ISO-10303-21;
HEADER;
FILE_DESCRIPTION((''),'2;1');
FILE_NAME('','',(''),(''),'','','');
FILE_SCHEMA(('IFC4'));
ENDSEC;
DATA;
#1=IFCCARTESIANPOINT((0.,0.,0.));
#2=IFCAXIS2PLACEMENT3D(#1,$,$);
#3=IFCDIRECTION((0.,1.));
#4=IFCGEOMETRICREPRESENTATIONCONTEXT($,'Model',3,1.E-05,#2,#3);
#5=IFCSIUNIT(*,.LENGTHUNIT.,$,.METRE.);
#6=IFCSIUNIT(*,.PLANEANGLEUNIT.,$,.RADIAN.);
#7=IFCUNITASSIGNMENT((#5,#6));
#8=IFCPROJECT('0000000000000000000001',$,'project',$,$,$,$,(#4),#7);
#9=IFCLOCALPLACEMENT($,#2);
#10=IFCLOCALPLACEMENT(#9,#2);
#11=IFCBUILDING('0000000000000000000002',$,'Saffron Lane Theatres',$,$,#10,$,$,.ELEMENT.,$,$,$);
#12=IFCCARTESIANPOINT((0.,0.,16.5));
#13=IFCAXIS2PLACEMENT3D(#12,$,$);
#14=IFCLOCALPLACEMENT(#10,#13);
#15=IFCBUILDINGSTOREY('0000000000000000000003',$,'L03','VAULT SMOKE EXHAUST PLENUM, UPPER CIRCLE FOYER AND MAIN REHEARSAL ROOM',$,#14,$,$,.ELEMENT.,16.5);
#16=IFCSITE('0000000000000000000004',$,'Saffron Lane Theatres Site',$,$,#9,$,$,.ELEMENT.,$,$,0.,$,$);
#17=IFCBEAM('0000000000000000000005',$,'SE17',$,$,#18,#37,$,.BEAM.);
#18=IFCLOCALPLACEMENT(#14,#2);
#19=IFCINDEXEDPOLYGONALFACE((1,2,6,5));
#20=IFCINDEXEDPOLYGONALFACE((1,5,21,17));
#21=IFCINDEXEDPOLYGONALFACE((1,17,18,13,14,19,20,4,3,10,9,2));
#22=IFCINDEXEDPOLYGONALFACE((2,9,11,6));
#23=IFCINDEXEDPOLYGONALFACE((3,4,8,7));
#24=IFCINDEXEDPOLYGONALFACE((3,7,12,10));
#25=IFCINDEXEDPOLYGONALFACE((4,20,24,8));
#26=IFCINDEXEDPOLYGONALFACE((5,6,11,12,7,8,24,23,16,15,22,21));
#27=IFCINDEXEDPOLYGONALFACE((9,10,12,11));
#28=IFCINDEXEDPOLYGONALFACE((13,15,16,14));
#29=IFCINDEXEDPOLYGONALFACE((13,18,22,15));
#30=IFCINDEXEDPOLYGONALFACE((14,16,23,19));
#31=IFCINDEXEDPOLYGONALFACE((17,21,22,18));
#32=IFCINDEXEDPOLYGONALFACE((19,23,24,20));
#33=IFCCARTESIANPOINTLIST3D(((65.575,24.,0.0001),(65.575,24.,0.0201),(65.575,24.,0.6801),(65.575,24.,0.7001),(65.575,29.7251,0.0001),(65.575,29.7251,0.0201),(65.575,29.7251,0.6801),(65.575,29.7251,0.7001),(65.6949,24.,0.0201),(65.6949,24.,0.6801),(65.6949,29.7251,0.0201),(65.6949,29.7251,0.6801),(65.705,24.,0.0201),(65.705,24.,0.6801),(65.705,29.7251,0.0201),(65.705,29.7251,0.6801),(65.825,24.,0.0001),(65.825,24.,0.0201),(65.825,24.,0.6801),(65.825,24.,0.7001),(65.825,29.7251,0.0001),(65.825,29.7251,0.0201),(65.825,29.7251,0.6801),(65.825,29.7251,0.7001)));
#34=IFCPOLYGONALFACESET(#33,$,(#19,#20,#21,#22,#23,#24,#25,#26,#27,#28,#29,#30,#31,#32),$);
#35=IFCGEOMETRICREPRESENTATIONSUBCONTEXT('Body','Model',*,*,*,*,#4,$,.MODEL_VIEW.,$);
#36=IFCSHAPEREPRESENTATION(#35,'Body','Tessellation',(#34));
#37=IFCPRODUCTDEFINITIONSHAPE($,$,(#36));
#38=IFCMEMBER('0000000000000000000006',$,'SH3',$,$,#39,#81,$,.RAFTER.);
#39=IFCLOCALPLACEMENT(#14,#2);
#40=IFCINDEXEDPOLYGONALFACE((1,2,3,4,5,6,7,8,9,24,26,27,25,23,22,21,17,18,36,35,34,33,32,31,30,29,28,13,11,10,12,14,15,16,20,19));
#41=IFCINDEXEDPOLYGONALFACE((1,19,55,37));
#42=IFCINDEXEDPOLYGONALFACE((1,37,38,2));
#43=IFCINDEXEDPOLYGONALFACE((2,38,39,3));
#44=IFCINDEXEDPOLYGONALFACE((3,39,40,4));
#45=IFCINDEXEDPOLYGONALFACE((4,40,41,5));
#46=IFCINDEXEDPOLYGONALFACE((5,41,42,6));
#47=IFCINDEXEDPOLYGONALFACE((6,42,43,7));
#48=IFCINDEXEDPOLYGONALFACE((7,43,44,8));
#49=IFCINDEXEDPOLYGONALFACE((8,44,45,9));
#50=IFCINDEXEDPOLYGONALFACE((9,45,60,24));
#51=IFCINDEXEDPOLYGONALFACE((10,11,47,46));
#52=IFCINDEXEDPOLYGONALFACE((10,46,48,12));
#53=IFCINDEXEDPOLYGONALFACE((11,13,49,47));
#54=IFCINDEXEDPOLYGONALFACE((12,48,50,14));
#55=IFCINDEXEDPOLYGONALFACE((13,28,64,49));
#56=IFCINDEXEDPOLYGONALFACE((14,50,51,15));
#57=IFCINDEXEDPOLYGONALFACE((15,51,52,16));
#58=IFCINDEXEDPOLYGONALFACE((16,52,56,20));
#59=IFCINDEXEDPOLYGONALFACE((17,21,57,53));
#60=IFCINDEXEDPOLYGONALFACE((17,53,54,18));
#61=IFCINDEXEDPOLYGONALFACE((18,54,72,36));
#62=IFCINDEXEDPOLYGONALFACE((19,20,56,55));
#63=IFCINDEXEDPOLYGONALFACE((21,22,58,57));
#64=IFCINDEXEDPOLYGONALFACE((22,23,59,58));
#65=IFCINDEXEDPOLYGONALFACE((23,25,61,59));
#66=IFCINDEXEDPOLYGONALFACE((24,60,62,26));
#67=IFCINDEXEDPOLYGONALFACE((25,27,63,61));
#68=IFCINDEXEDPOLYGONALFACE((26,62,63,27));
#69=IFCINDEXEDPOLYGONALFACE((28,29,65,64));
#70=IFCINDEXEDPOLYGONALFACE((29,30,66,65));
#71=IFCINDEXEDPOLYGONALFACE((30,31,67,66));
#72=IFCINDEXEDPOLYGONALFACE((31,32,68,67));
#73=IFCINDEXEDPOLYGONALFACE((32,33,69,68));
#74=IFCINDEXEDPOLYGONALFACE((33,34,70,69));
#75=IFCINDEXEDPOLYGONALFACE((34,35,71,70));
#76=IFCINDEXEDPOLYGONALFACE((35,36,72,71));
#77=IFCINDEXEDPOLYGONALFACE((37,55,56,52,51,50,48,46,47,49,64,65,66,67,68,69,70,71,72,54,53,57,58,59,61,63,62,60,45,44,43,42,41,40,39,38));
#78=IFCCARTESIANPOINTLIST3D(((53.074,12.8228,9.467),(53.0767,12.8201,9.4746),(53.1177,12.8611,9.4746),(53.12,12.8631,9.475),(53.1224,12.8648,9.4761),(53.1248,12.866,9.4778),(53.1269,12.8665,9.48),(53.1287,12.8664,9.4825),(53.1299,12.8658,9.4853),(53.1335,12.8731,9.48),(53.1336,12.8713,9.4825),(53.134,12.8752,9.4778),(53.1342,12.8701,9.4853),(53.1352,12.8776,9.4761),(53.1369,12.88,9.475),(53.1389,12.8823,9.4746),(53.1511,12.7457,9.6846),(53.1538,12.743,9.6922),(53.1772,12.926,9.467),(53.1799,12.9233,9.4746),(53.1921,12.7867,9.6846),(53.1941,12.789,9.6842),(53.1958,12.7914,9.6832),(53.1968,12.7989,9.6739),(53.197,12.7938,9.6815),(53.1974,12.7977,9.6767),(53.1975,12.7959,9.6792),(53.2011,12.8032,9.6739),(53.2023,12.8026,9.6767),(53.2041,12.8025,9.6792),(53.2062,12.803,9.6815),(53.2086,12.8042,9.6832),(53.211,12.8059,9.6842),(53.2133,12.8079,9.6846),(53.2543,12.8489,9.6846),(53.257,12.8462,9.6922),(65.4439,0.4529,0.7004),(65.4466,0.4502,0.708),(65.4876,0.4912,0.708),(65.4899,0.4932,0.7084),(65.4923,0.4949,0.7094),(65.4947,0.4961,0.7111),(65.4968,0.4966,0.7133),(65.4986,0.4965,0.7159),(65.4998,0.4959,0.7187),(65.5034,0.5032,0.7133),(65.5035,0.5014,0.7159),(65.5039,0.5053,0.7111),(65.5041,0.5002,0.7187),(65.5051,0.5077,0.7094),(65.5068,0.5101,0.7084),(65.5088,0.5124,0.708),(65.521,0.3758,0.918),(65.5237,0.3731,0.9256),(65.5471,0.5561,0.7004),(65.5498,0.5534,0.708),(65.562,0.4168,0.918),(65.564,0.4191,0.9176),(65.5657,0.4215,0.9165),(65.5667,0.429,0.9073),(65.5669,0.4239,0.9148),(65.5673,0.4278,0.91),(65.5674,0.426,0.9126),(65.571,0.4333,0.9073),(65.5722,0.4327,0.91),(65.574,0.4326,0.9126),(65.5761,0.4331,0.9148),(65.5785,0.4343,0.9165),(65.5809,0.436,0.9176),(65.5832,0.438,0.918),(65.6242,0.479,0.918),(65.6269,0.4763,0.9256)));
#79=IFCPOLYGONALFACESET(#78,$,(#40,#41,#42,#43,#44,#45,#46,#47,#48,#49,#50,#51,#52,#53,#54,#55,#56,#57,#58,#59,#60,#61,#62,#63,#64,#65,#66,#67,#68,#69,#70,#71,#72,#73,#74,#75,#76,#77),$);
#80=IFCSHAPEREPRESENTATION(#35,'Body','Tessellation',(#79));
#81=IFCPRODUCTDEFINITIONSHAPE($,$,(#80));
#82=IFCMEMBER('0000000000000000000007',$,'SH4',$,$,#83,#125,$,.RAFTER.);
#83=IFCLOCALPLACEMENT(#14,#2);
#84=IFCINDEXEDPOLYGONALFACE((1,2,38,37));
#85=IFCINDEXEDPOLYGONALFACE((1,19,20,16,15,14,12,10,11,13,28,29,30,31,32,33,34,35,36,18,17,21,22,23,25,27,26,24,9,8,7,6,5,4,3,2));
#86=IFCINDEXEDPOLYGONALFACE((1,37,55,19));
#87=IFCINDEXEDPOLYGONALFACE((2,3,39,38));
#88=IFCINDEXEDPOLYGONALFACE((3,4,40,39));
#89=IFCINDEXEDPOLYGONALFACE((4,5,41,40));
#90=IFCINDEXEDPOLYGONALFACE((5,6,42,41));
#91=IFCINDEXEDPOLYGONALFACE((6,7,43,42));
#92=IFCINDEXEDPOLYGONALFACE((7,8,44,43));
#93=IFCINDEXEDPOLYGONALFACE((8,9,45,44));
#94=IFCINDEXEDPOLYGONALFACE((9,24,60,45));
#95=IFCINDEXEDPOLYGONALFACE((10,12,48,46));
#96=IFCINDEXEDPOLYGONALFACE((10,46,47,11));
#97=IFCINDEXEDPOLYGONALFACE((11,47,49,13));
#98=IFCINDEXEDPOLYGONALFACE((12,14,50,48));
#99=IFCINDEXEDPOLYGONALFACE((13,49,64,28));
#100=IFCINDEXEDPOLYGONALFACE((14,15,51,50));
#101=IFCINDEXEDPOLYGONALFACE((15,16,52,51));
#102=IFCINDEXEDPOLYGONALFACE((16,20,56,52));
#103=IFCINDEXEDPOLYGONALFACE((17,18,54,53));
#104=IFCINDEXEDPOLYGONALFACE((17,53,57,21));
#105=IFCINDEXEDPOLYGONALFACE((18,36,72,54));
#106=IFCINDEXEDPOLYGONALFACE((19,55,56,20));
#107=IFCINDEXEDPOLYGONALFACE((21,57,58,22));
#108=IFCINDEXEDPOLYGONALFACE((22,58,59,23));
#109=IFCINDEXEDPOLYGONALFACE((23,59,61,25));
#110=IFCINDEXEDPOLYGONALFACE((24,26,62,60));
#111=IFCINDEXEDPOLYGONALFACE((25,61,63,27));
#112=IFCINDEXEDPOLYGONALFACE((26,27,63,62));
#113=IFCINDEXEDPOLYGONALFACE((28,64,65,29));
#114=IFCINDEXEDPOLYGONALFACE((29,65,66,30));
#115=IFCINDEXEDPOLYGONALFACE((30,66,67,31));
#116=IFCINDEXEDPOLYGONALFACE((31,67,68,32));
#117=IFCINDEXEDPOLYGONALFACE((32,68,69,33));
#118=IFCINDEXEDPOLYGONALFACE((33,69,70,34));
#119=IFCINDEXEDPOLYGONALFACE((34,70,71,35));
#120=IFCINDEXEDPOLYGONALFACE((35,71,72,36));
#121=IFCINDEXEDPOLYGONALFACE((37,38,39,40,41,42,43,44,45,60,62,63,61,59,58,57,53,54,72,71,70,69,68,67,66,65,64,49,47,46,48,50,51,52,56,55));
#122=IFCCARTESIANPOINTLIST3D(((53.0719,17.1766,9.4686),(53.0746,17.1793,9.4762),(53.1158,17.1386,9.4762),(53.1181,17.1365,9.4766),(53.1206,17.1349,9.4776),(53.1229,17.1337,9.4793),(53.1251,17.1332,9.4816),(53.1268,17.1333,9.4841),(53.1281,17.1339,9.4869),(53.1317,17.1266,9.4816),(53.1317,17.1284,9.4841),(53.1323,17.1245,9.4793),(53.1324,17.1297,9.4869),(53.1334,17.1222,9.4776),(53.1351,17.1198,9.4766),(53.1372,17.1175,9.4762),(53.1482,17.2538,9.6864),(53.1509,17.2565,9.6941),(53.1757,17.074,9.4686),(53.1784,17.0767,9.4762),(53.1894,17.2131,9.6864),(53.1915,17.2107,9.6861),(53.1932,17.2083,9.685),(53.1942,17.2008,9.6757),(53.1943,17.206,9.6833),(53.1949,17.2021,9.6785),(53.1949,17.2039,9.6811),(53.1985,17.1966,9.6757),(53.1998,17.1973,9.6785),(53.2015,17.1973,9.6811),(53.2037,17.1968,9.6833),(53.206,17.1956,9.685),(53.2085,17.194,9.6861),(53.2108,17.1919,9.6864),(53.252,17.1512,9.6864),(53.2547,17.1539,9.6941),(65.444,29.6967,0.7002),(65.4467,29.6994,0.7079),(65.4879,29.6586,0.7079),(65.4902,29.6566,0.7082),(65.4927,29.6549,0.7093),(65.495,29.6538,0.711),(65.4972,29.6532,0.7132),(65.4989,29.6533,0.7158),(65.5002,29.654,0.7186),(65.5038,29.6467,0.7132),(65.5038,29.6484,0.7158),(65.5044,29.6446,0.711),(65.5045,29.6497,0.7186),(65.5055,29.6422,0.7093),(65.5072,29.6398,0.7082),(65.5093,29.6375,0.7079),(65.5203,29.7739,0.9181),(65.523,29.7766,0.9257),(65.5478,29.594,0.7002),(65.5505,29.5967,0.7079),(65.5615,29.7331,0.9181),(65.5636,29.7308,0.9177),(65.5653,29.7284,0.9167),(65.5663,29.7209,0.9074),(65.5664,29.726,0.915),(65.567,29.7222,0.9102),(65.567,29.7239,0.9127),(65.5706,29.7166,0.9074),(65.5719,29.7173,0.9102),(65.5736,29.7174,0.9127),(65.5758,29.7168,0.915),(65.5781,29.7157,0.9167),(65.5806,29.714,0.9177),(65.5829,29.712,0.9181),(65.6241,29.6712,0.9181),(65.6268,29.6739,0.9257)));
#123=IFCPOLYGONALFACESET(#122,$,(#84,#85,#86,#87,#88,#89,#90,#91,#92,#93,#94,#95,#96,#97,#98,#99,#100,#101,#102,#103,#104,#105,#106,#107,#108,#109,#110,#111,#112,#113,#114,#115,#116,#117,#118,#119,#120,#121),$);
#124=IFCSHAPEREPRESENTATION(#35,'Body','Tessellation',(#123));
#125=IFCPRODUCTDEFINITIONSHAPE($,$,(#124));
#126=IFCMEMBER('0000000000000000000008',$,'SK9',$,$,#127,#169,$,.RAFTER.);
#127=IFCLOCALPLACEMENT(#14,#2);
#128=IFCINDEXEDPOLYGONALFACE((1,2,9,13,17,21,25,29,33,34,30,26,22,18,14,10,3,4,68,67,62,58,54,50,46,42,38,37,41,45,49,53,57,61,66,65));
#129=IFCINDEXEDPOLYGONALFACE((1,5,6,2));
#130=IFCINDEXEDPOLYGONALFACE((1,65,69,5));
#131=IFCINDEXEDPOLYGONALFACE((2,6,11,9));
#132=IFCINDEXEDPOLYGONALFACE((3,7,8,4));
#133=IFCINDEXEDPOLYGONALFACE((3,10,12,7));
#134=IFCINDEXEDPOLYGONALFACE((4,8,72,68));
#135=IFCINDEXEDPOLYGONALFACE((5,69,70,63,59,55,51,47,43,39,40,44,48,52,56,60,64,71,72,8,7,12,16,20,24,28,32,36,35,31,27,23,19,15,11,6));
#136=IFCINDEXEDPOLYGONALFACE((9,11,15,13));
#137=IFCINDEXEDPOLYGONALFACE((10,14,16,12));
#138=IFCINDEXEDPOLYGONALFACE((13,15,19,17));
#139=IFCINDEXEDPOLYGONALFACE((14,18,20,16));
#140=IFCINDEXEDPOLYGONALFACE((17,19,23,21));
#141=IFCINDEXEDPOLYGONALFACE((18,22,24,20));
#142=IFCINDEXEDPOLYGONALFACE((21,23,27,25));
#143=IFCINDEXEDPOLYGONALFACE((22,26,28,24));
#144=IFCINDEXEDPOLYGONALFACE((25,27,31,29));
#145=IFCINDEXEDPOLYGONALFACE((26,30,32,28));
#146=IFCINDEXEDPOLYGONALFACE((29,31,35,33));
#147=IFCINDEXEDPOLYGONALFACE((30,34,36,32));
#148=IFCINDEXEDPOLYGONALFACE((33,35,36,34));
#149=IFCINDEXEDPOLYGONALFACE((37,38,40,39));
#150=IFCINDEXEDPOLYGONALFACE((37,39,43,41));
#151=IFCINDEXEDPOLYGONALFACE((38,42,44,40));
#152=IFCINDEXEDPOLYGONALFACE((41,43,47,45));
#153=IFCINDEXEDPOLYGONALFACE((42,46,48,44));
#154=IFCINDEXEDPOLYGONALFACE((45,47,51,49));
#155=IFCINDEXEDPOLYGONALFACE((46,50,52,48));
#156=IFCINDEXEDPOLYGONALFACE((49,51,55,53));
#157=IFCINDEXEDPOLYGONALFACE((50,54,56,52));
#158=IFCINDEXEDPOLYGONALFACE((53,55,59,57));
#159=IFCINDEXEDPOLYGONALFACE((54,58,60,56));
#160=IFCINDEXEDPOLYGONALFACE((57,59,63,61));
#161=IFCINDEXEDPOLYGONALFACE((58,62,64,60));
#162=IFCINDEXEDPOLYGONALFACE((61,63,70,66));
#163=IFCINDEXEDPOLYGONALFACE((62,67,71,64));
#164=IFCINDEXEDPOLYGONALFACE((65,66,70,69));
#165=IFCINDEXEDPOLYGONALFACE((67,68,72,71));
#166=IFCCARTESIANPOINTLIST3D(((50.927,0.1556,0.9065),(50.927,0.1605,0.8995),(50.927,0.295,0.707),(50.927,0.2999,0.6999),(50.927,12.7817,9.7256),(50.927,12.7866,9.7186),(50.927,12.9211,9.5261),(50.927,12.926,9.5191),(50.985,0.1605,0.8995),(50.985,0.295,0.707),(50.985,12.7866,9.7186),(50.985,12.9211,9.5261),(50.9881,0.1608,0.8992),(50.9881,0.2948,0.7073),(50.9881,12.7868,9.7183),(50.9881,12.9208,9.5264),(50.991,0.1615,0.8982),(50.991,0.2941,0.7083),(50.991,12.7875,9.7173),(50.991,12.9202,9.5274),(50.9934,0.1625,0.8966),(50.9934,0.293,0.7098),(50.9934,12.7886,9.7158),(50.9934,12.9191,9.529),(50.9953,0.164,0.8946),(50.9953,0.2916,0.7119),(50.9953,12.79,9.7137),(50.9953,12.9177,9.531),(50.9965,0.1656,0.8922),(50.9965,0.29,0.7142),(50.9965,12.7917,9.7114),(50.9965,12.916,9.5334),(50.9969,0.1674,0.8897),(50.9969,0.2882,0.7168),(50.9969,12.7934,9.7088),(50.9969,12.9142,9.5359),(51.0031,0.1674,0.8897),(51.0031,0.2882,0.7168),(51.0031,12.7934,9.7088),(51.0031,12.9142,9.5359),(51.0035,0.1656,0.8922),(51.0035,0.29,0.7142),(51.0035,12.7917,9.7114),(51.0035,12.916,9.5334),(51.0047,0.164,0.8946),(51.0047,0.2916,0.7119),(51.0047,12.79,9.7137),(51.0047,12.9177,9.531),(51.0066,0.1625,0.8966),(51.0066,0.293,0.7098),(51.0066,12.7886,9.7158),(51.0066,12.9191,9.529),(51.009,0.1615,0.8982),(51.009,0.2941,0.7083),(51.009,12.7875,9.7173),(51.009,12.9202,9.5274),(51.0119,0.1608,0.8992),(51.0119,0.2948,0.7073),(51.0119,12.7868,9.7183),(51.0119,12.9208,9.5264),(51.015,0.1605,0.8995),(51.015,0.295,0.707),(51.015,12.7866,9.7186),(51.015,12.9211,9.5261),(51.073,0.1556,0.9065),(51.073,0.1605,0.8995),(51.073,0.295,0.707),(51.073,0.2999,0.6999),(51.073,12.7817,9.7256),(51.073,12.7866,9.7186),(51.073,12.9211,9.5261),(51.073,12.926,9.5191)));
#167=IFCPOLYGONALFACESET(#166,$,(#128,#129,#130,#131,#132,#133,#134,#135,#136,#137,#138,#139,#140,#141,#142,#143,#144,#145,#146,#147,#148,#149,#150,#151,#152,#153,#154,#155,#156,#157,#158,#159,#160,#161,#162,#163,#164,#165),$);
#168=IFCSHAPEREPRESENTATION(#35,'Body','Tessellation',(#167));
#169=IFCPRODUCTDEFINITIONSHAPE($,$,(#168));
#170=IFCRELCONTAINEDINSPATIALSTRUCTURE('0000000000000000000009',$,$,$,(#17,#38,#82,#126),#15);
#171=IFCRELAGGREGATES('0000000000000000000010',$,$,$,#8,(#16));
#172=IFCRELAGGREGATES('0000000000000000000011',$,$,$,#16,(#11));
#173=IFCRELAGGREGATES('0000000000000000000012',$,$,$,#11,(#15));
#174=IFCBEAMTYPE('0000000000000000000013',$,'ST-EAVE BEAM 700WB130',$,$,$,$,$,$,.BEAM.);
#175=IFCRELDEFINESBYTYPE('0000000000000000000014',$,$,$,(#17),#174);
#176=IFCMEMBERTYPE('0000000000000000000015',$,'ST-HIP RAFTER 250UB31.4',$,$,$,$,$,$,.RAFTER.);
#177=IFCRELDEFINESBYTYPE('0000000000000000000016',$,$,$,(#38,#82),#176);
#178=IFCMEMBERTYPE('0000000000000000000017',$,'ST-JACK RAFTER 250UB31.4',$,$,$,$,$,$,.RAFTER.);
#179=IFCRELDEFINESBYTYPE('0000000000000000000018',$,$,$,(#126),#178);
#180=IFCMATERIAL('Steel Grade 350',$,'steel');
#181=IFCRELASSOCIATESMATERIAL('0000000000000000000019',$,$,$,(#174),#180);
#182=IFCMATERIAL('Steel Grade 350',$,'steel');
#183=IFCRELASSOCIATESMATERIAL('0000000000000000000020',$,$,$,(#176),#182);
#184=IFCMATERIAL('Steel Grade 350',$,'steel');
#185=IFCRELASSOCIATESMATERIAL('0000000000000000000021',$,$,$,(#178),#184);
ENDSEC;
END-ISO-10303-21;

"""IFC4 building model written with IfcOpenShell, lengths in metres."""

from ifc_helpers import new_model, si_unit, direction, frame, origin, origin_2d, place, context, subcontext, project, spatial, i_section, extrude, material, material_profile, profile_set, type_object, element, save


model = new_model("IFC4")

# Units and contexts
model_context = context("Model", 3, precision=1e-05, world=origin(), true_north=direction((0.0, 1.0)))
body_context = subcontext(model_context, "Body", "Model", "MODEL_VIEW")
ifc_project = project(units=[si_unit("LENGTHUNIT", "METRE"), si_unit("PLANEANGLEUNIT", "RADIAN")], contexts=[model_context])

# Site, building, storey
site_placement = place(None, origin())
site = spatial("IfcSite", under=ifc_project, at=site_placement, Name="Saffron Lane Theatres Site", CompositionType="ELEMENT", RefElevation=0.0)
building_placement = place(site_placement, origin())
building = spatial("IfcBuilding", under=site, at=building_placement, Name="Saffron Lane Theatres", CompositionType="ELEMENT")
storey_placement = place(building_placement, frame((0.0, 0.0, 16.5)))
storey = spatial("IfcBuildingStorey", under=building, at=storey_placement, Name="L03", Description="VAULT SMOKE EXHAUST PLENUM, UPPER CIRCLE FOYER AND MAIN REHEARSAL ROOM", CompositionType="ELEMENT", Elevation=16.5)

# Beam
ifc_material_1 = material(Name="Steel Grade 350", Category="steel")
ifc_material_profile_1 = material_profile(ifc_material_1, i_section(OverallWidth=0.25, OverallDepth=0.7, WebThickness=0.01, FlangeThickness=0.02, at=origin_2d()))
ifc_profile_set_1 = profile_set([ifc_material_profile_1], Name="Steel Grade 350")
beam_type_1 = type_object("IfcBeamType", Name="ST-EAVE BEAM 700WB130", PredefinedType="BEAM", material=ifc_profile_set_1)
beam_1_placement = place(storey_placement, frame((65.7, 24.0, 0.3501), z_axis=(0.0, 1.0, 0.0), x_axis=(-1.0, 0.0, 0.0)))
element("IfcBeam", 1, at=beam_1_placement, inside=storey, type_object=beam_type_1, Name="SE17", PredefinedType="BEAM", context=body_context, shape_type="SweptSolid", body=[
    extrude(i_section(OverallWidth=0.25, OverallDepth=0.7, WebThickness=0.01, FlangeThickness=0.02, at=origin_2d()), origin(), (0.0, 0.0, 1.0), 5.7251),
])

# Members
ifc_material_2 = material(Name="Steel Grade 350", Category="steel")
ifc_material_profile_2 = material_profile(ifc_material_2, i_section(OverallWidth=0.146, OverallDepth=0.252, WebThickness=0.0061, FlangeThickness=0.0085, FilletRadius=0.012, at=origin_2d()))
ifc_profile_set_2 = profile_set([ifc_material_profile_2], Name="Steel Grade 350")
member_type_1 = type_object("IfcMemberType", Name="ST-HIP RAFTER 250UB31.4", PredefinedType="RAFTER", material=ifc_profile_set_2)
member_1_placement = place(storey_placement, frame((65.5354, 0.4646, 0.813), z_axis=(-0.632169, 0.632169, 0.448022), x_axis=(-0.707107, -0.707107, 0.0)))
element("IfcMember", 2, at=member_1_placement, inside=storey, type_object=member_type_1, Name="SH3", PredefinedType="RAFTER", context=body_context, shape_type="SweptSolid", body=[
    extrude(i_section(OverallWidth=0.146, OverallDepth=0.252, WebThickness=0.0061, FlangeThickness=0.0085, FilletRadius=0.012, at=origin_2d()), origin(), (0.0, 0.0, 1.0), 19.5674),
])
member_2_placement = place(storey_placement, frame((65.5354, 29.6853, 0.813), z_axis=(-0.62915, -0.636673, 0.44589), x_axis=(0.711297, -0.702892, 0.0)))
element("IfcMember", 3, at=member_2_placement, inside=storey, type_object=member_type_1, Name="SH4", PredefinedType="RAFTER", context=body_context, shape_type="SweptSolid", body=[
    extrude(i_section(OverallWidth=0.146, OverallDepth=0.252, WebThickness=0.0061, FlangeThickness=0.0085, FilletRadius=0.012, at=origin_2d()), origin(), (0.0, 0.0, 1.0), 19.6648),
])
ifc_material_3 = material(Name="Steel Grade 350", Category="steel")
ifc_material_profile_3 = material_profile(ifc_material_3, i_section(OverallWidth=0.146, OverallDepth=0.252, WebThickness=0.0061, FlangeThickness=0.0085, FilletRadius=0.012, at=origin_2d()))
ifc_profile_set_3 = profile_set([ifc_material_profile_3], Name="Steel Grade 350")
member_type_2 = type_object("IfcMemberType", Name="ST-JACK RAFTER 250UB31.4", PredefinedType="RAFTER", material=ifc_profile_set_3)
member_3_placement = place(storey_placement, frame((51.0, 0.2278, 0.8032), z_axis=(0.0, 0.819814, 0.57263), x_axis=(-1.0, 0.0, 0.0)))
element("IfcMember", 4, at=member_3_placement, inside=storey, type_object=member_type_2, Name="SK9", PredefinedType="RAFTER", context=body_context, shape_type="SweptSolid", body=[
    extrude(i_section(OverallWidth=0.146, OverallDepth=0.252, WebThickness=0.0061, FlangeThickness=0.0085, FilletRadius=0.012, at=origin_2d()), origin(), (0.0, 0.0, 1.0), 15.4011),
])

save(model, "model.ifc")
